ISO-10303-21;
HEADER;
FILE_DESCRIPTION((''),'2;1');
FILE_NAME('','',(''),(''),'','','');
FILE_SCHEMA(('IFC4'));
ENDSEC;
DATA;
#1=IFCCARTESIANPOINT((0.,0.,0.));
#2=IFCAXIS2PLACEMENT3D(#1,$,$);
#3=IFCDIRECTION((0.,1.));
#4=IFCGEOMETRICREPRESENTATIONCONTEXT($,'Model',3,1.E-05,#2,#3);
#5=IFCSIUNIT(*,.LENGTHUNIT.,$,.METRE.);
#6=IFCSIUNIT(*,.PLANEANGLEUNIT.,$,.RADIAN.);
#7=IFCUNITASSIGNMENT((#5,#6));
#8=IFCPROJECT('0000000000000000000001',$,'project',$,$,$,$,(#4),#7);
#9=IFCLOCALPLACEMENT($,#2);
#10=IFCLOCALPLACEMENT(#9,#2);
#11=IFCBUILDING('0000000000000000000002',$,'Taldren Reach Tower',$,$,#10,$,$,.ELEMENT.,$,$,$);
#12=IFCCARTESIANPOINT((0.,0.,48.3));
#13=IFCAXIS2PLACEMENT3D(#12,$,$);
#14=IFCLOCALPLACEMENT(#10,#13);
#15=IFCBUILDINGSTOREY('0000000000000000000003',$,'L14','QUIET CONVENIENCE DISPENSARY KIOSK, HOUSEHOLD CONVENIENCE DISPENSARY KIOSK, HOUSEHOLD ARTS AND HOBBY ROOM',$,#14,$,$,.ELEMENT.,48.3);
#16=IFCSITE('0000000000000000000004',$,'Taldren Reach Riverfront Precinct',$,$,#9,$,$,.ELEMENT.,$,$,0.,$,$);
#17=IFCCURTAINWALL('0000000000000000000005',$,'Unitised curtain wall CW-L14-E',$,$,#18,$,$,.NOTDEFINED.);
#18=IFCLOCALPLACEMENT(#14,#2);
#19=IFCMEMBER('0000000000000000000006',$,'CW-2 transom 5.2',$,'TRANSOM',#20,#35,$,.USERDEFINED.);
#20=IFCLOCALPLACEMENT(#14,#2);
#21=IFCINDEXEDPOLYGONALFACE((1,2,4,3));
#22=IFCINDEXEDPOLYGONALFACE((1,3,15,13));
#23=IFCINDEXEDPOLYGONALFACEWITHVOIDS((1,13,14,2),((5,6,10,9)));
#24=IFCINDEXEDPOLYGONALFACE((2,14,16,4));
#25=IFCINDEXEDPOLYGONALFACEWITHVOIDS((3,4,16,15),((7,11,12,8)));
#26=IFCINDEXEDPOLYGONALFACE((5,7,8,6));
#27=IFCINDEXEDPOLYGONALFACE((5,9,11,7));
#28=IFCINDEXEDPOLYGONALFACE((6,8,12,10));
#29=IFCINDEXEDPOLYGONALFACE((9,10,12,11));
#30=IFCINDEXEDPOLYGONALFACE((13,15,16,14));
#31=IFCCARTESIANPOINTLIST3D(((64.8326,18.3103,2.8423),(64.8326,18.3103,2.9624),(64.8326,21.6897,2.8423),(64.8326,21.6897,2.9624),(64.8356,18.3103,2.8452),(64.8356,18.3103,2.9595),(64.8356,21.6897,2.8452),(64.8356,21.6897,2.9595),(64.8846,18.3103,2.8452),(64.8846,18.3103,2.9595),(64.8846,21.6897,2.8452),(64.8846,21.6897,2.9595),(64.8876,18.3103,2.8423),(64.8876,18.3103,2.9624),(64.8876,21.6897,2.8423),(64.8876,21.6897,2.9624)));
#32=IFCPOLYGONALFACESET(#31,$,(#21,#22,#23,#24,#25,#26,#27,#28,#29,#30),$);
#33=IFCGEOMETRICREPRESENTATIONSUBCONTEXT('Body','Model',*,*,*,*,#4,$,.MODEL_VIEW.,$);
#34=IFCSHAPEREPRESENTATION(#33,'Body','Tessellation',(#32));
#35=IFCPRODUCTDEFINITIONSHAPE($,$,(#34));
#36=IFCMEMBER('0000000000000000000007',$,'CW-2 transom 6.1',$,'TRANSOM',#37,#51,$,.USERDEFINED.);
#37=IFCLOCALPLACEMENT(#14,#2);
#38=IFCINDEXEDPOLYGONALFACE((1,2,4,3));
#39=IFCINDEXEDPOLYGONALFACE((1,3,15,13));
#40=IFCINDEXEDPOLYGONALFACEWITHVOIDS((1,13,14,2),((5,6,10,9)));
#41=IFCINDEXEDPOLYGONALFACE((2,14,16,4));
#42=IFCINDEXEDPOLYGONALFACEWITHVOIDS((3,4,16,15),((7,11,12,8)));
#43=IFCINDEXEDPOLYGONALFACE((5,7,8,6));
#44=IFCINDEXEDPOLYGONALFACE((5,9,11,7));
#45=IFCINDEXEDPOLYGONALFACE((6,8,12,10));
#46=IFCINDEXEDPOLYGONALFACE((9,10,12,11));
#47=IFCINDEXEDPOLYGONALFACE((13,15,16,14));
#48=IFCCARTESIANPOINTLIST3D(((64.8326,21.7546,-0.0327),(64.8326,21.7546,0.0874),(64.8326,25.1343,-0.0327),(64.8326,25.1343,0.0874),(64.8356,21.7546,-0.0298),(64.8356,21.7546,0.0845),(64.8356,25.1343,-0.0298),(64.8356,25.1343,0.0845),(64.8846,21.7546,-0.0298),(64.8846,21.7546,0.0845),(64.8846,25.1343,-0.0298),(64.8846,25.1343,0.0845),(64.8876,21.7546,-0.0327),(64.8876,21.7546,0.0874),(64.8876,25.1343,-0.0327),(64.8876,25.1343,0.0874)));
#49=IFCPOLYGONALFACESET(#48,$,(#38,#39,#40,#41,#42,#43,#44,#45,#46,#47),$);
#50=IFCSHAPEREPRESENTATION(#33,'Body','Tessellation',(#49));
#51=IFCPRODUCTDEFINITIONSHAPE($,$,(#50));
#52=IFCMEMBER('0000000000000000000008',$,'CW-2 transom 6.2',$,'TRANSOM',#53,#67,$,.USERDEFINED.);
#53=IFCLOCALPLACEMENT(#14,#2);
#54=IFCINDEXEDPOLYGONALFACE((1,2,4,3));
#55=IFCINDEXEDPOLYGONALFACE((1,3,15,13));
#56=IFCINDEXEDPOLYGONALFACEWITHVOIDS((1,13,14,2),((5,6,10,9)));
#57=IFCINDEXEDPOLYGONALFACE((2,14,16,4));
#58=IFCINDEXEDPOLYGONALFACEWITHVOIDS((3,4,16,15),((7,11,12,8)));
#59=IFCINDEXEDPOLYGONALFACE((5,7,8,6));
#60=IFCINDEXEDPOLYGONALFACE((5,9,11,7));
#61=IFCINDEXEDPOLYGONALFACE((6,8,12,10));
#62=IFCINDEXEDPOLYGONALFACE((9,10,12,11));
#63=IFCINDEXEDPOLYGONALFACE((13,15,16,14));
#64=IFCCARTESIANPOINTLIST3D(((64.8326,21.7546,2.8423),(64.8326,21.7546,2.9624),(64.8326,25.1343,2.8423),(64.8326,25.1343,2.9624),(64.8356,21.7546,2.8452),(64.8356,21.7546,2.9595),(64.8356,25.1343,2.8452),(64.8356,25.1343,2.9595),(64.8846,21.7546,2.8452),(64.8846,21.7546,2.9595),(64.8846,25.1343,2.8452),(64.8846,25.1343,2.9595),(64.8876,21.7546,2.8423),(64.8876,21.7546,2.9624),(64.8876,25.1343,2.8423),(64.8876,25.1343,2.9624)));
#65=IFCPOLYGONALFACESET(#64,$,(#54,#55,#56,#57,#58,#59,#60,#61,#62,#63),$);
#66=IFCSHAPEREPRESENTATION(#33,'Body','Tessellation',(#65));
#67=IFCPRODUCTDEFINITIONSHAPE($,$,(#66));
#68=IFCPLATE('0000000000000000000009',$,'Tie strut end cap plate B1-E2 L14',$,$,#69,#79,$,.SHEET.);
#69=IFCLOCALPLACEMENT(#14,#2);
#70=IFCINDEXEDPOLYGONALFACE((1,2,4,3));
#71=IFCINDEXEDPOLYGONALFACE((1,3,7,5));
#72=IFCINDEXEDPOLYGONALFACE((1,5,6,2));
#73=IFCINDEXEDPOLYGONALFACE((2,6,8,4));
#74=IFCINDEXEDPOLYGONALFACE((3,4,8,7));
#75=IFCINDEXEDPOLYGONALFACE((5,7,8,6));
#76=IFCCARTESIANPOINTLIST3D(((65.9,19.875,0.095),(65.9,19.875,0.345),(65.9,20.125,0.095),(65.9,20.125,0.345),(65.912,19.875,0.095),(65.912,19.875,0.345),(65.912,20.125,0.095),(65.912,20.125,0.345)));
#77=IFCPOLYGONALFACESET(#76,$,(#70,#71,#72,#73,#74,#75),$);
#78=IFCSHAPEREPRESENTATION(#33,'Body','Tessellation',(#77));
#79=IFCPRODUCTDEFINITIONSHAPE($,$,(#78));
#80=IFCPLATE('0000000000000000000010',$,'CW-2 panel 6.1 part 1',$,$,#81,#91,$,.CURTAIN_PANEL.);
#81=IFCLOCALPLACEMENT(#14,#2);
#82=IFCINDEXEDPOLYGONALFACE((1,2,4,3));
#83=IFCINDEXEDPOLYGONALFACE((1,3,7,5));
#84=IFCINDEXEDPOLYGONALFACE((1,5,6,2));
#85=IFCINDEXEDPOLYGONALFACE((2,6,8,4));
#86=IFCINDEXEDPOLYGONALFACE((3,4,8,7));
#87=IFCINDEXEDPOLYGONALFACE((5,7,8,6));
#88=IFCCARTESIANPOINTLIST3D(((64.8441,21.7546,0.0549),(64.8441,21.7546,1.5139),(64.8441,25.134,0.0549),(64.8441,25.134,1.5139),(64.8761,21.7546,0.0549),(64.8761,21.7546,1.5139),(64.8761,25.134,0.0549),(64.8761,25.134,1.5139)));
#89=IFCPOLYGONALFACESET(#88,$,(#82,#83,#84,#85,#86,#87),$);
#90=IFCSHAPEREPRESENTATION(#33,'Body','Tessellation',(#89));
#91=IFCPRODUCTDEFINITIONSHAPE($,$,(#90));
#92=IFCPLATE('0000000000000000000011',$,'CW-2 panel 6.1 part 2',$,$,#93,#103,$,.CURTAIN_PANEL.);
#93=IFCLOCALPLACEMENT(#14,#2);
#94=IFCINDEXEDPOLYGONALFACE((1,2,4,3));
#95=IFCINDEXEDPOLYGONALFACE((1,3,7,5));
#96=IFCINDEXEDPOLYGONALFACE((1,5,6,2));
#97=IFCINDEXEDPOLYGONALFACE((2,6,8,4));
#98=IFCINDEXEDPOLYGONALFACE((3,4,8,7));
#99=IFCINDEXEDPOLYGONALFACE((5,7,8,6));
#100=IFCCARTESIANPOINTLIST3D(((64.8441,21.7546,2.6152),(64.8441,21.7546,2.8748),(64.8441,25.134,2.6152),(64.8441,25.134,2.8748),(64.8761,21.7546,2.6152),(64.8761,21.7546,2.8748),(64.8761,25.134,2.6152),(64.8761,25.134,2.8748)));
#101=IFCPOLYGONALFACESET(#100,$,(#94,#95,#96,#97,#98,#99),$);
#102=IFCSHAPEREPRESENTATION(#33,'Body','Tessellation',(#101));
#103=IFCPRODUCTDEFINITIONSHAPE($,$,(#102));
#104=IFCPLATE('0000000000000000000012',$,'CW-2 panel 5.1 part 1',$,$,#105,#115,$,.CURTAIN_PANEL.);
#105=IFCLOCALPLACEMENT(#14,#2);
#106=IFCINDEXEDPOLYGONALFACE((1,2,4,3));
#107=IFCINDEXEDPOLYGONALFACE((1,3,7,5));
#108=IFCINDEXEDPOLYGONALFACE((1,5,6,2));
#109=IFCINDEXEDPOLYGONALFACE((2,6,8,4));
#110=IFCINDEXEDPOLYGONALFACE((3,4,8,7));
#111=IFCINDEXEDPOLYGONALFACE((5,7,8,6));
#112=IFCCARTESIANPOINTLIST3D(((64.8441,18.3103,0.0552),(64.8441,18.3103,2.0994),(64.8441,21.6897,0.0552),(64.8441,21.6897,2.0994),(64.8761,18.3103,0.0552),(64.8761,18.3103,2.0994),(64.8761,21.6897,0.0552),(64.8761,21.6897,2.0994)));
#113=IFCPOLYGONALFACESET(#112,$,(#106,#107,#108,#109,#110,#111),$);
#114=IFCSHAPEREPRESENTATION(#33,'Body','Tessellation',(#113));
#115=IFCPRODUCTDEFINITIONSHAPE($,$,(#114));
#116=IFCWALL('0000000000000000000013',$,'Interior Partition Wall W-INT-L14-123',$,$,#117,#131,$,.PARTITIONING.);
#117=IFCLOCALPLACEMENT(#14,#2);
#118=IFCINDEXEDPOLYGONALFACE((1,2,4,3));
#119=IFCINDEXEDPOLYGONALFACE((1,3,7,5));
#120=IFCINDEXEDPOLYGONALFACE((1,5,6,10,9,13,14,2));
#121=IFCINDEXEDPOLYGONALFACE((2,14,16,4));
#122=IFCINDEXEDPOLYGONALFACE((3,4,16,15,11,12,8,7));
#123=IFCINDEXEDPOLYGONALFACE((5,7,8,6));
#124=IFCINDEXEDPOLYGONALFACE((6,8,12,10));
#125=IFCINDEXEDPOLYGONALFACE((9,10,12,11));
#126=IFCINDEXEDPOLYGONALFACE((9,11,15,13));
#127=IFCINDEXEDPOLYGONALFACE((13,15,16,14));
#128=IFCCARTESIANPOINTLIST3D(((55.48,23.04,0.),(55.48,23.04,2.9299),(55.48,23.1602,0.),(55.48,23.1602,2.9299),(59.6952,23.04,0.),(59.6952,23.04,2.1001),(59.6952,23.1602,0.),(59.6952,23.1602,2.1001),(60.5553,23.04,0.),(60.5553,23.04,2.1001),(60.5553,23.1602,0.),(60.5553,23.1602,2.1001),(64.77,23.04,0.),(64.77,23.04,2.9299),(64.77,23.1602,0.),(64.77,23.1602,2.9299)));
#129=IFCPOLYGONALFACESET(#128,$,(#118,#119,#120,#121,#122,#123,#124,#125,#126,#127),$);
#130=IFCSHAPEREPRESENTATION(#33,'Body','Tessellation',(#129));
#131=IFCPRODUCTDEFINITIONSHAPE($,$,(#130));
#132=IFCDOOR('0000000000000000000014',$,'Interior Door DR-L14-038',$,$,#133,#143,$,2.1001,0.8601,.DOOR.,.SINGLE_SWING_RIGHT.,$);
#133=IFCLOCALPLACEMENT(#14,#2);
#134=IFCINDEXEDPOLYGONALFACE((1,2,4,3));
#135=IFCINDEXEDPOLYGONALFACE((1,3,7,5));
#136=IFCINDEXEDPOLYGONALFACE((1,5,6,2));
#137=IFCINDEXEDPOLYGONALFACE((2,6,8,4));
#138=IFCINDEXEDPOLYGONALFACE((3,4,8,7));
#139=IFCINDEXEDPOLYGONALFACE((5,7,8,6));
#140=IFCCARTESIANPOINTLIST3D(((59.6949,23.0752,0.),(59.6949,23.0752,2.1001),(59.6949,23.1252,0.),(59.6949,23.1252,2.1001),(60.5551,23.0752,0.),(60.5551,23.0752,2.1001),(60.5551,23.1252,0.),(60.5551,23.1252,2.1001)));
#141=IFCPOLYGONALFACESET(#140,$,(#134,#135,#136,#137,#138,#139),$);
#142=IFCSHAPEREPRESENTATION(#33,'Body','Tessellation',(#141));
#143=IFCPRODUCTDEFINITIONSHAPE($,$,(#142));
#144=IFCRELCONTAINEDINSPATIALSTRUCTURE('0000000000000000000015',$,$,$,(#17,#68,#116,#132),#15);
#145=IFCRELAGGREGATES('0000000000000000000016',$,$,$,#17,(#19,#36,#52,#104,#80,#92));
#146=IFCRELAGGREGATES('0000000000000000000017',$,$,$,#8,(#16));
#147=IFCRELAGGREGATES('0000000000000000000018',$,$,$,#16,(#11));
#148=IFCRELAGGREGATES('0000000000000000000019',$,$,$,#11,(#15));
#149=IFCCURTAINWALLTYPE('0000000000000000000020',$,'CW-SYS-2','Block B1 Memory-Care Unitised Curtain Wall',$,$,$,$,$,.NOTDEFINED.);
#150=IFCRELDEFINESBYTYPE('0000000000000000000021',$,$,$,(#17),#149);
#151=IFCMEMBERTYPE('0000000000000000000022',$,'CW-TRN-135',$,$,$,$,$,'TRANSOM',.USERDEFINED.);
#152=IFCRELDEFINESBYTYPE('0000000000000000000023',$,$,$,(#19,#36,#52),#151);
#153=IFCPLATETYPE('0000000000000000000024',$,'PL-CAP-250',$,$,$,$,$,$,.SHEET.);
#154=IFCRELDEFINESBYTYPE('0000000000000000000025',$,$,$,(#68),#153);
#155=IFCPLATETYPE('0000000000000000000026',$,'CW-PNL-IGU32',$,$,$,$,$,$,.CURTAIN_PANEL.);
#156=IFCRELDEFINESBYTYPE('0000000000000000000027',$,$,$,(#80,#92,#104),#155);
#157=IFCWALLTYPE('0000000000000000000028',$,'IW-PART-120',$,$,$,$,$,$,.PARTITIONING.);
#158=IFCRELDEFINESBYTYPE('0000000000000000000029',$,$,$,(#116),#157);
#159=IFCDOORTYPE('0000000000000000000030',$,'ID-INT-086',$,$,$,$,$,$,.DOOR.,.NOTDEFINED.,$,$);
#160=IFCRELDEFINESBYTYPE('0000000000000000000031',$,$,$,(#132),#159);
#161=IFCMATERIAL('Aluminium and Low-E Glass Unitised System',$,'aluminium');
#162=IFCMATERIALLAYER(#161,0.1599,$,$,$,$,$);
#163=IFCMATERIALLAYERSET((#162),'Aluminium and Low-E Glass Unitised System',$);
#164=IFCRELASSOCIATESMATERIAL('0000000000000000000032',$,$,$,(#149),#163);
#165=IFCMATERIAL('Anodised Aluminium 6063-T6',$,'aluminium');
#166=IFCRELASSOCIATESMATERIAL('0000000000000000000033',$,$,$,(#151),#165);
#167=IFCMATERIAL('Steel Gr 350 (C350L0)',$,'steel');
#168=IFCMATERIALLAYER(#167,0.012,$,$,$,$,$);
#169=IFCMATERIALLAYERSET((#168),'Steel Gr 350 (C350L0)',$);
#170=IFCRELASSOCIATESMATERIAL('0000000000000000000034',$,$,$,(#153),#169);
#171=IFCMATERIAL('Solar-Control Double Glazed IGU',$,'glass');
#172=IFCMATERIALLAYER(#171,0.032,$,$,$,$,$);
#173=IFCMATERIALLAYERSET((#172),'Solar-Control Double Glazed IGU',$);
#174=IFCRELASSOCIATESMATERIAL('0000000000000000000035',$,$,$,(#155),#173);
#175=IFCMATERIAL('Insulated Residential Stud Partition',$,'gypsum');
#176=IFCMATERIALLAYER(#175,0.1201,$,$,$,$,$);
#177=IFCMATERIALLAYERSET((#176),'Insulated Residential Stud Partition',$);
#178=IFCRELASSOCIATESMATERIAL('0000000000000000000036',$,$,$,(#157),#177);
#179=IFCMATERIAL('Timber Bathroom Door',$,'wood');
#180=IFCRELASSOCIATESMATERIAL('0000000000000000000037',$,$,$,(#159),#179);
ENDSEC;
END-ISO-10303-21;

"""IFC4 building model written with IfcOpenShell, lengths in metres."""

from ifc_helpers import new_model, si_unit, direction, frame, frame_2d, origin, origin_2d, place, context, subcontext, project, spatial, rectangle, hollow_rectangle, extrude, source, transform, mapped, material, layer, layer_set, material_profile, profile_set, type_object, element, fill, aggregate, save


model = new_model("IFC4")

# Units and contexts
model_context = context("Model", 3, precision=1e-05, world=origin(), true_north=direction((0.0, 1.0)))
body_context = subcontext(model_context, "Body", "Model", "MODEL_VIEW")
ifc_project = project(units=[si_unit("LENGTHUNIT", "METRE"), si_unit("PLANEANGLEUNIT", "RADIAN")], contexts=[model_context])

# Site, building, storey
site_placement = place(None, origin())
site = spatial("IfcSite", under=ifc_project, at=site_placement, Name="Taldren Reach Riverfront Precinct", CompositionType="ELEMENT", RefElevation=0.0)
building_placement = place(site_placement, origin())
building = spatial("IfcBuilding", under=site, at=building_placement, Name="Taldren Reach Tower", CompositionType="ELEMENT")
storey_placement = place(building_placement, frame((0.0, 0.0, 48.3)))
storey = spatial("IfcBuildingStorey", under=building, at=storey_placement, Name="L14", Description="QUIET CONVENIENCE DISPENSARY KIOSK, HOUSEHOLD CONVENIENCE DISPENSARY KIOSK, HOUSEHOLD ARTS AND HOBBY ROOM", CompositionType="ELEMENT", Elevation=48.3)

# Shared definitions
ifc_material_1 = material(Name="Steel Gr 350 (C350L0)", Category="steel")

# Curtain wall, members
ifc_material_2 = material(Name="Aluminium and Low-E Glass Unitised System", Category="aluminium")
ifc_layer_1 = layer(ifc_material_2, 0.1599)
ifc_layer_set_1 = layer_set([ifc_layer_1], Name="Aluminium and Low-E Glass Unitised System")
curtain_wall_type = type_object("IfcCurtainWallType", Name="CW-SYS-2", Description="Block B1 Memory-Care Unitised Curtain Wall", PredefinedType="NOTDEFINED", material=ifc_layer_set_1)
curtain_wall_placement = place(storey_placement, origin())
curtain_wall = element("IfcCurtainWall", 1, at=curtain_wall_placement, inside=storey, type_object=curtain_wall_type, Name="Unitised curtain wall CW-L14-E", PredefinedType="NOTDEFINED")
ifc_material_3 = material(Name="Anodised Aluminium 6063-T6", Category="aluminium")
ifc_material_profile_1 = material_profile(ifc_material_3, hollow_rectangle(XDim=0.0549, YDim=0.1201, WallThickness=0.0029, at=origin_2d()), Name="ALU-120x55x3RHS")
ifc_profile_set_1 = profile_set([ifc_material_profile_1], Name="Anodised Aluminium 6063-T6")
member_type_1 = type_object("IfcMemberType", Name="CW-TRN-135", ElementType="TRANSOM", PredefinedType="USERDEFINED", material=ifc_profile_set_1)
shared_shape_1 = source(origin(), body_context, "Body", "SweptSolid", [
    extrude(hollow_rectangle(XDim=0.0549, YDim=0.1201, WallThickness=0.0029, at=origin_2d()), origin(), (0.0, 0.0, 1.0), 3.3794),
])
member_1_placement = place(storey_placement, frame((64.8601, 18.3103, 2.9023), z_axis=(0.0, 1.0, 0.0), x_axis=(-1.0, 0.0, 0.0)))
member_1 = element("IfcMember", 2, at=member_1_placement, type_object=member_type_1, Name="CW-2 transom 5.2", ObjectType="TRANSOM", PredefinedType="USERDEFINED", context=body_context, shape_type="MappedRepresentation", body=[
    mapped(shared_shape_1, transform((0.0, 0.0, 0.0), scale=1.0)),
])
shared_shape_2 = source(origin(), body_context, "Body", "SweptSolid", [
    extrude(hollow_rectangle(XDim=0.0549, YDim=0.1201, WallThickness=0.0029, at=origin_2d()), origin(), (0.0, 0.0, 1.0), 3.3796),
])
member_2_placement = place(storey_placement, frame((64.8601, 21.7546, 0.0273), z_axis=(0.0, 1.0, 0.0), x_axis=(-1.0, 0.0, 0.0)))
member_2 = element("IfcMember", 3, at=member_2_placement, type_object=member_type_1, Name="CW-2 transom 6.1", ObjectType="TRANSOM", PredefinedType="USERDEFINED", context=body_context, shape_type="MappedRepresentation", body=[
    mapped(shared_shape_2, transform((0.0, 0.0, 0.0), scale=1.0)),
])
member_3_placement = place(storey_placement, frame((64.8601, 21.7546, 2.9023), z_axis=(0.0, 1.0, 0.0), x_axis=(-1.0, 0.0, 0.0)))
member_3 = element("IfcMember", 4, at=member_3_placement, type_object=member_type_1, Name="CW-2 transom 6.2", ObjectType="TRANSOM", PredefinedType="USERDEFINED", context=body_context, shape_type="MappedRepresentation", body=[
    mapped(shared_shape_2, transform((0.0, 0.0, 0.0), scale=1.0)),
])

# Plates
ifc_layer_2 = layer(ifc_material_1, 0.012)
ifc_layer_set_2 = layer_set([ifc_layer_2], Name="Steel Gr 350 (C350L0)")
plate_type_1 = type_object("IfcPlateType", Name="PL-CAP-250", PredefinedType="SHEET", material=ifc_layer_set_2)
shared_shape_3 = source(origin(), body_context, "Body", "SweptSolid", [
    extrude(rectangle(XDim=0.012, YDim=0.25, at=origin_2d()), origin(), (0.0, 0.0, 1.0), 0.25),
])
plate_1_placement = place(storey_placement, frame((65.906, 20.0, 0.095), z_axis=(0.0, 0.0, 1.0), x_axis=(1.0, 0.0, 0.0)))
element("IfcPlate", 5, at=plate_1_placement, inside=storey, type_object=plate_type_1, Name="Tie strut end cap plate B1-E2 L14", PredefinedType="SHEET", context=body_context, shape_type="MappedRepresentation", body=[
    mapped(shared_shape_3, transform((0.0, 0.0, 0.0), scale=1.0)),
])
ifc_material_4 = material(Name="Solar-Control Double Glazed IGU", Category="glass")
ifc_layer_3 = layer(ifc_material_4, 0.032)
ifc_layer_set_3 = layer_set([ifc_layer_3], Name="Solar-Control Double Glazed IGU")
plate_type_2 = type_object("IfcPlateType", Name="CW-PNL-IGU32", PredefinedType="CURTAIN_PANEL", material=ifc_layer_set_3)
shared_shape_4 = source(origin(), body_context, "Body", "SweptSolid", [
    extrude(rectangle(XDim=3.3794, YDim=0.032, at=origin_2d()), origin(), (0.0, 0.0, 1.0), 1.459),
])
plate_2_placement = place(storey_placement, frame((64.8601, 23.4443, 0.0549), z_axis=(0.0, 0.0, 1.0), x_axis=(0.0, 1.0, 0.0)))
plate_2 = element("IfcPlate", 6, at=plate_2_placement, type_object=plate_type_2, Name="CW-2 panel 6.1 part 1", PredefinedType="CURTAIN_PANEL", context=body_context, shape_type="MappedRepresentation", body=[
    mapped(shared_shape_4, transform((0.0, 0.0, 0.0), scale=1.0)),
])
shared_shape_5 = source(origin(), body_context, "Body", "SweptSolid", [
    extrude(rectangle(XDim=3.3794, YDim=0.032, at=origin_2d()), origin(), (0.0, 0.0, 1.0), 0.2595),
])
plate_3_placement = place(storey_placement, frame((64.8601, 23.4443, 2.6152), z_axis=(0.0, 0.0, 1.0), x_axis=(0.0, 1.0, 0.0)))
plate_3 = element("IfcPlate", 7, at=plate_3_placement, type_object=plate_type_2, Name="CW-2 panel 6.1 part 2", PredefinedType="CURTAIN_PANEL", context=body_context, shape_type="MappedRepresentation", body=[
    mapped(shared_shape_5, transform((0.0, 0.0, 0.0), scale=1.0)),
])
shared_shape_6 = source(origin(), body_context, "Body", "SweptSolid", [
    extrude(rectangle(XDim=3.3794, YDim=0.032, at=origin_2d()), origin(), (0.0, 0.0, 1.0), 2.0442),
])
plate_4_placement = place(storey_placement, frame((64.8601, 20.0, 0.0552), z_axis=(0.0, 0.0, 1.0), x_axis=(0.0, 1.0, 0.0)))
plate_4 = element("IfcPlate", 8, at=plate_4_placement, type_object=plate_type_2, Name="CW-2 panel 5.1 part 1", PredefinedType="CURTAIN_PANEL", context=body_context, shape_type="MappedRepresentation", body=[
    mapped(shared_shape_6, transform((0.0, 0.0, 0.0), scale=1.0)),
])
aggregate(curtain_wall, [member_1, member_2, member_3, plate_4, plate_2, plate_3])

# Wall, opening, door
ifc_material_5 = material(Name="Insulated Residential Stud Partition", Category="gypsum")
ifc_layer_4 = layer(ifc_material_5, 0.1201)
ifc_layer_set_4 = layer_set([ifc_layer_4], Name="Insulated Residential Stud Partition")
wall_type_1 = type_object("IfcWallType", Name="IW-PART-120", PredefinedType="PARTITIONING", material=ifc_layer_set_4)
shared_shape_7 = source(origin(), body_context, "Body", "SweptSolid", [
    extrude(rectangle(XDim=9.29, YDim=0.1201, at=frame_2d((4.645, 0.0))), origin(), (0.0, 0.0, 1.0), 2.9299),
])
wall_1_placement = place(storey_placement, frame((55.48, 23.1001, 0.0), z_axis=(0.0, 0.0, 1.0), x_axis=(1.0, 0.0, 0.0)))
wall_1 = element("IfcWall", 9, at=wall_1_placement, inside=storey, type_object=wall_type_1, Name="Interior Partition Wall W-INT-L14-123", PredefinedType="PARTITIONING", context=body_context, shape_type="MappedRepresentation", body=[
    mapped(shared_shape_7, transform((0.0, 0.0, 0.0), scale=1.0)),
])
shared_shape_8 = source(origin(), body_context, "Body", "SweptSolid", [
    extrude(rectangle(XDim=0.8601, YDim=2.1001, at=frame_2d((0.4302, 1.05))), frame((0.0, 0.0701, 0.0), z_axis=(0.0, -1.0, 0.0), x_axis=(1.0, 0.0, 0.0)), (0.0, 0.0, 1.0), 0.1401),
])
opening_1_placement = place(wall_1_placement, frame((4.2151, 0.0, 0.0)))
opening_1 = element("IfcOpeningElement", 10, at=opening_1_placement, cuts=wall_1, PredefinedType="OPENING", context=body_context, shape_type="MappedRepresentation", body=[
    mapped(shared_shape_8, transform((0.0, 0.0, 0.0), scale=1.0)),
])
ifc_material_6 = material(Name="Timber Bathroom Door", Category="wood")
door_type_1 = type_object("IfcDoorType", Name="ID-INT-086", OperationType="NOTDEFINED", PredefinedType="DOOR", material=ifc_material_6)
shared_shape_9 = source(origin(), body_context, "Body", "SweptSolid", [
    extrude(rectangle(XDim=0.8601, YDim=2.1001, at=frame_2d((0.4302, 1.05))), frame((0.0, 0.0249, 0.0), z_axis=(0.0, -1.0, 0.0), x_axis=(1.0, 0.0, 0.0)), (0.0, 0.0, 1.0), 0.05),
])
door_1_placement = place(opening_1_placement, frame((0.8601, 0.0, 0.0), z_axis=(0.0, 0.0, 1.0), x_axis=(-1.0, 0.0, 0.0)))
door_1 = element("IfcDoor", 11, at=door_1_placement, inside=storey, type_object=door_type_1, Name="Interior Door DR-L14-038", OperationType="SINGLE_SWING_RIGHT", OverallHeight=2.1001, OverallWidth=0.8601, PredefinedType="DOOR", context=body_context, shape_type="MappedRepresentation", body=[
    mapped(shared_shape_9, transform((0.0, 0.0, 0.0), scale=1.0)),
])
fill(opening_1, door_1)

save(model, "model.ifc")
